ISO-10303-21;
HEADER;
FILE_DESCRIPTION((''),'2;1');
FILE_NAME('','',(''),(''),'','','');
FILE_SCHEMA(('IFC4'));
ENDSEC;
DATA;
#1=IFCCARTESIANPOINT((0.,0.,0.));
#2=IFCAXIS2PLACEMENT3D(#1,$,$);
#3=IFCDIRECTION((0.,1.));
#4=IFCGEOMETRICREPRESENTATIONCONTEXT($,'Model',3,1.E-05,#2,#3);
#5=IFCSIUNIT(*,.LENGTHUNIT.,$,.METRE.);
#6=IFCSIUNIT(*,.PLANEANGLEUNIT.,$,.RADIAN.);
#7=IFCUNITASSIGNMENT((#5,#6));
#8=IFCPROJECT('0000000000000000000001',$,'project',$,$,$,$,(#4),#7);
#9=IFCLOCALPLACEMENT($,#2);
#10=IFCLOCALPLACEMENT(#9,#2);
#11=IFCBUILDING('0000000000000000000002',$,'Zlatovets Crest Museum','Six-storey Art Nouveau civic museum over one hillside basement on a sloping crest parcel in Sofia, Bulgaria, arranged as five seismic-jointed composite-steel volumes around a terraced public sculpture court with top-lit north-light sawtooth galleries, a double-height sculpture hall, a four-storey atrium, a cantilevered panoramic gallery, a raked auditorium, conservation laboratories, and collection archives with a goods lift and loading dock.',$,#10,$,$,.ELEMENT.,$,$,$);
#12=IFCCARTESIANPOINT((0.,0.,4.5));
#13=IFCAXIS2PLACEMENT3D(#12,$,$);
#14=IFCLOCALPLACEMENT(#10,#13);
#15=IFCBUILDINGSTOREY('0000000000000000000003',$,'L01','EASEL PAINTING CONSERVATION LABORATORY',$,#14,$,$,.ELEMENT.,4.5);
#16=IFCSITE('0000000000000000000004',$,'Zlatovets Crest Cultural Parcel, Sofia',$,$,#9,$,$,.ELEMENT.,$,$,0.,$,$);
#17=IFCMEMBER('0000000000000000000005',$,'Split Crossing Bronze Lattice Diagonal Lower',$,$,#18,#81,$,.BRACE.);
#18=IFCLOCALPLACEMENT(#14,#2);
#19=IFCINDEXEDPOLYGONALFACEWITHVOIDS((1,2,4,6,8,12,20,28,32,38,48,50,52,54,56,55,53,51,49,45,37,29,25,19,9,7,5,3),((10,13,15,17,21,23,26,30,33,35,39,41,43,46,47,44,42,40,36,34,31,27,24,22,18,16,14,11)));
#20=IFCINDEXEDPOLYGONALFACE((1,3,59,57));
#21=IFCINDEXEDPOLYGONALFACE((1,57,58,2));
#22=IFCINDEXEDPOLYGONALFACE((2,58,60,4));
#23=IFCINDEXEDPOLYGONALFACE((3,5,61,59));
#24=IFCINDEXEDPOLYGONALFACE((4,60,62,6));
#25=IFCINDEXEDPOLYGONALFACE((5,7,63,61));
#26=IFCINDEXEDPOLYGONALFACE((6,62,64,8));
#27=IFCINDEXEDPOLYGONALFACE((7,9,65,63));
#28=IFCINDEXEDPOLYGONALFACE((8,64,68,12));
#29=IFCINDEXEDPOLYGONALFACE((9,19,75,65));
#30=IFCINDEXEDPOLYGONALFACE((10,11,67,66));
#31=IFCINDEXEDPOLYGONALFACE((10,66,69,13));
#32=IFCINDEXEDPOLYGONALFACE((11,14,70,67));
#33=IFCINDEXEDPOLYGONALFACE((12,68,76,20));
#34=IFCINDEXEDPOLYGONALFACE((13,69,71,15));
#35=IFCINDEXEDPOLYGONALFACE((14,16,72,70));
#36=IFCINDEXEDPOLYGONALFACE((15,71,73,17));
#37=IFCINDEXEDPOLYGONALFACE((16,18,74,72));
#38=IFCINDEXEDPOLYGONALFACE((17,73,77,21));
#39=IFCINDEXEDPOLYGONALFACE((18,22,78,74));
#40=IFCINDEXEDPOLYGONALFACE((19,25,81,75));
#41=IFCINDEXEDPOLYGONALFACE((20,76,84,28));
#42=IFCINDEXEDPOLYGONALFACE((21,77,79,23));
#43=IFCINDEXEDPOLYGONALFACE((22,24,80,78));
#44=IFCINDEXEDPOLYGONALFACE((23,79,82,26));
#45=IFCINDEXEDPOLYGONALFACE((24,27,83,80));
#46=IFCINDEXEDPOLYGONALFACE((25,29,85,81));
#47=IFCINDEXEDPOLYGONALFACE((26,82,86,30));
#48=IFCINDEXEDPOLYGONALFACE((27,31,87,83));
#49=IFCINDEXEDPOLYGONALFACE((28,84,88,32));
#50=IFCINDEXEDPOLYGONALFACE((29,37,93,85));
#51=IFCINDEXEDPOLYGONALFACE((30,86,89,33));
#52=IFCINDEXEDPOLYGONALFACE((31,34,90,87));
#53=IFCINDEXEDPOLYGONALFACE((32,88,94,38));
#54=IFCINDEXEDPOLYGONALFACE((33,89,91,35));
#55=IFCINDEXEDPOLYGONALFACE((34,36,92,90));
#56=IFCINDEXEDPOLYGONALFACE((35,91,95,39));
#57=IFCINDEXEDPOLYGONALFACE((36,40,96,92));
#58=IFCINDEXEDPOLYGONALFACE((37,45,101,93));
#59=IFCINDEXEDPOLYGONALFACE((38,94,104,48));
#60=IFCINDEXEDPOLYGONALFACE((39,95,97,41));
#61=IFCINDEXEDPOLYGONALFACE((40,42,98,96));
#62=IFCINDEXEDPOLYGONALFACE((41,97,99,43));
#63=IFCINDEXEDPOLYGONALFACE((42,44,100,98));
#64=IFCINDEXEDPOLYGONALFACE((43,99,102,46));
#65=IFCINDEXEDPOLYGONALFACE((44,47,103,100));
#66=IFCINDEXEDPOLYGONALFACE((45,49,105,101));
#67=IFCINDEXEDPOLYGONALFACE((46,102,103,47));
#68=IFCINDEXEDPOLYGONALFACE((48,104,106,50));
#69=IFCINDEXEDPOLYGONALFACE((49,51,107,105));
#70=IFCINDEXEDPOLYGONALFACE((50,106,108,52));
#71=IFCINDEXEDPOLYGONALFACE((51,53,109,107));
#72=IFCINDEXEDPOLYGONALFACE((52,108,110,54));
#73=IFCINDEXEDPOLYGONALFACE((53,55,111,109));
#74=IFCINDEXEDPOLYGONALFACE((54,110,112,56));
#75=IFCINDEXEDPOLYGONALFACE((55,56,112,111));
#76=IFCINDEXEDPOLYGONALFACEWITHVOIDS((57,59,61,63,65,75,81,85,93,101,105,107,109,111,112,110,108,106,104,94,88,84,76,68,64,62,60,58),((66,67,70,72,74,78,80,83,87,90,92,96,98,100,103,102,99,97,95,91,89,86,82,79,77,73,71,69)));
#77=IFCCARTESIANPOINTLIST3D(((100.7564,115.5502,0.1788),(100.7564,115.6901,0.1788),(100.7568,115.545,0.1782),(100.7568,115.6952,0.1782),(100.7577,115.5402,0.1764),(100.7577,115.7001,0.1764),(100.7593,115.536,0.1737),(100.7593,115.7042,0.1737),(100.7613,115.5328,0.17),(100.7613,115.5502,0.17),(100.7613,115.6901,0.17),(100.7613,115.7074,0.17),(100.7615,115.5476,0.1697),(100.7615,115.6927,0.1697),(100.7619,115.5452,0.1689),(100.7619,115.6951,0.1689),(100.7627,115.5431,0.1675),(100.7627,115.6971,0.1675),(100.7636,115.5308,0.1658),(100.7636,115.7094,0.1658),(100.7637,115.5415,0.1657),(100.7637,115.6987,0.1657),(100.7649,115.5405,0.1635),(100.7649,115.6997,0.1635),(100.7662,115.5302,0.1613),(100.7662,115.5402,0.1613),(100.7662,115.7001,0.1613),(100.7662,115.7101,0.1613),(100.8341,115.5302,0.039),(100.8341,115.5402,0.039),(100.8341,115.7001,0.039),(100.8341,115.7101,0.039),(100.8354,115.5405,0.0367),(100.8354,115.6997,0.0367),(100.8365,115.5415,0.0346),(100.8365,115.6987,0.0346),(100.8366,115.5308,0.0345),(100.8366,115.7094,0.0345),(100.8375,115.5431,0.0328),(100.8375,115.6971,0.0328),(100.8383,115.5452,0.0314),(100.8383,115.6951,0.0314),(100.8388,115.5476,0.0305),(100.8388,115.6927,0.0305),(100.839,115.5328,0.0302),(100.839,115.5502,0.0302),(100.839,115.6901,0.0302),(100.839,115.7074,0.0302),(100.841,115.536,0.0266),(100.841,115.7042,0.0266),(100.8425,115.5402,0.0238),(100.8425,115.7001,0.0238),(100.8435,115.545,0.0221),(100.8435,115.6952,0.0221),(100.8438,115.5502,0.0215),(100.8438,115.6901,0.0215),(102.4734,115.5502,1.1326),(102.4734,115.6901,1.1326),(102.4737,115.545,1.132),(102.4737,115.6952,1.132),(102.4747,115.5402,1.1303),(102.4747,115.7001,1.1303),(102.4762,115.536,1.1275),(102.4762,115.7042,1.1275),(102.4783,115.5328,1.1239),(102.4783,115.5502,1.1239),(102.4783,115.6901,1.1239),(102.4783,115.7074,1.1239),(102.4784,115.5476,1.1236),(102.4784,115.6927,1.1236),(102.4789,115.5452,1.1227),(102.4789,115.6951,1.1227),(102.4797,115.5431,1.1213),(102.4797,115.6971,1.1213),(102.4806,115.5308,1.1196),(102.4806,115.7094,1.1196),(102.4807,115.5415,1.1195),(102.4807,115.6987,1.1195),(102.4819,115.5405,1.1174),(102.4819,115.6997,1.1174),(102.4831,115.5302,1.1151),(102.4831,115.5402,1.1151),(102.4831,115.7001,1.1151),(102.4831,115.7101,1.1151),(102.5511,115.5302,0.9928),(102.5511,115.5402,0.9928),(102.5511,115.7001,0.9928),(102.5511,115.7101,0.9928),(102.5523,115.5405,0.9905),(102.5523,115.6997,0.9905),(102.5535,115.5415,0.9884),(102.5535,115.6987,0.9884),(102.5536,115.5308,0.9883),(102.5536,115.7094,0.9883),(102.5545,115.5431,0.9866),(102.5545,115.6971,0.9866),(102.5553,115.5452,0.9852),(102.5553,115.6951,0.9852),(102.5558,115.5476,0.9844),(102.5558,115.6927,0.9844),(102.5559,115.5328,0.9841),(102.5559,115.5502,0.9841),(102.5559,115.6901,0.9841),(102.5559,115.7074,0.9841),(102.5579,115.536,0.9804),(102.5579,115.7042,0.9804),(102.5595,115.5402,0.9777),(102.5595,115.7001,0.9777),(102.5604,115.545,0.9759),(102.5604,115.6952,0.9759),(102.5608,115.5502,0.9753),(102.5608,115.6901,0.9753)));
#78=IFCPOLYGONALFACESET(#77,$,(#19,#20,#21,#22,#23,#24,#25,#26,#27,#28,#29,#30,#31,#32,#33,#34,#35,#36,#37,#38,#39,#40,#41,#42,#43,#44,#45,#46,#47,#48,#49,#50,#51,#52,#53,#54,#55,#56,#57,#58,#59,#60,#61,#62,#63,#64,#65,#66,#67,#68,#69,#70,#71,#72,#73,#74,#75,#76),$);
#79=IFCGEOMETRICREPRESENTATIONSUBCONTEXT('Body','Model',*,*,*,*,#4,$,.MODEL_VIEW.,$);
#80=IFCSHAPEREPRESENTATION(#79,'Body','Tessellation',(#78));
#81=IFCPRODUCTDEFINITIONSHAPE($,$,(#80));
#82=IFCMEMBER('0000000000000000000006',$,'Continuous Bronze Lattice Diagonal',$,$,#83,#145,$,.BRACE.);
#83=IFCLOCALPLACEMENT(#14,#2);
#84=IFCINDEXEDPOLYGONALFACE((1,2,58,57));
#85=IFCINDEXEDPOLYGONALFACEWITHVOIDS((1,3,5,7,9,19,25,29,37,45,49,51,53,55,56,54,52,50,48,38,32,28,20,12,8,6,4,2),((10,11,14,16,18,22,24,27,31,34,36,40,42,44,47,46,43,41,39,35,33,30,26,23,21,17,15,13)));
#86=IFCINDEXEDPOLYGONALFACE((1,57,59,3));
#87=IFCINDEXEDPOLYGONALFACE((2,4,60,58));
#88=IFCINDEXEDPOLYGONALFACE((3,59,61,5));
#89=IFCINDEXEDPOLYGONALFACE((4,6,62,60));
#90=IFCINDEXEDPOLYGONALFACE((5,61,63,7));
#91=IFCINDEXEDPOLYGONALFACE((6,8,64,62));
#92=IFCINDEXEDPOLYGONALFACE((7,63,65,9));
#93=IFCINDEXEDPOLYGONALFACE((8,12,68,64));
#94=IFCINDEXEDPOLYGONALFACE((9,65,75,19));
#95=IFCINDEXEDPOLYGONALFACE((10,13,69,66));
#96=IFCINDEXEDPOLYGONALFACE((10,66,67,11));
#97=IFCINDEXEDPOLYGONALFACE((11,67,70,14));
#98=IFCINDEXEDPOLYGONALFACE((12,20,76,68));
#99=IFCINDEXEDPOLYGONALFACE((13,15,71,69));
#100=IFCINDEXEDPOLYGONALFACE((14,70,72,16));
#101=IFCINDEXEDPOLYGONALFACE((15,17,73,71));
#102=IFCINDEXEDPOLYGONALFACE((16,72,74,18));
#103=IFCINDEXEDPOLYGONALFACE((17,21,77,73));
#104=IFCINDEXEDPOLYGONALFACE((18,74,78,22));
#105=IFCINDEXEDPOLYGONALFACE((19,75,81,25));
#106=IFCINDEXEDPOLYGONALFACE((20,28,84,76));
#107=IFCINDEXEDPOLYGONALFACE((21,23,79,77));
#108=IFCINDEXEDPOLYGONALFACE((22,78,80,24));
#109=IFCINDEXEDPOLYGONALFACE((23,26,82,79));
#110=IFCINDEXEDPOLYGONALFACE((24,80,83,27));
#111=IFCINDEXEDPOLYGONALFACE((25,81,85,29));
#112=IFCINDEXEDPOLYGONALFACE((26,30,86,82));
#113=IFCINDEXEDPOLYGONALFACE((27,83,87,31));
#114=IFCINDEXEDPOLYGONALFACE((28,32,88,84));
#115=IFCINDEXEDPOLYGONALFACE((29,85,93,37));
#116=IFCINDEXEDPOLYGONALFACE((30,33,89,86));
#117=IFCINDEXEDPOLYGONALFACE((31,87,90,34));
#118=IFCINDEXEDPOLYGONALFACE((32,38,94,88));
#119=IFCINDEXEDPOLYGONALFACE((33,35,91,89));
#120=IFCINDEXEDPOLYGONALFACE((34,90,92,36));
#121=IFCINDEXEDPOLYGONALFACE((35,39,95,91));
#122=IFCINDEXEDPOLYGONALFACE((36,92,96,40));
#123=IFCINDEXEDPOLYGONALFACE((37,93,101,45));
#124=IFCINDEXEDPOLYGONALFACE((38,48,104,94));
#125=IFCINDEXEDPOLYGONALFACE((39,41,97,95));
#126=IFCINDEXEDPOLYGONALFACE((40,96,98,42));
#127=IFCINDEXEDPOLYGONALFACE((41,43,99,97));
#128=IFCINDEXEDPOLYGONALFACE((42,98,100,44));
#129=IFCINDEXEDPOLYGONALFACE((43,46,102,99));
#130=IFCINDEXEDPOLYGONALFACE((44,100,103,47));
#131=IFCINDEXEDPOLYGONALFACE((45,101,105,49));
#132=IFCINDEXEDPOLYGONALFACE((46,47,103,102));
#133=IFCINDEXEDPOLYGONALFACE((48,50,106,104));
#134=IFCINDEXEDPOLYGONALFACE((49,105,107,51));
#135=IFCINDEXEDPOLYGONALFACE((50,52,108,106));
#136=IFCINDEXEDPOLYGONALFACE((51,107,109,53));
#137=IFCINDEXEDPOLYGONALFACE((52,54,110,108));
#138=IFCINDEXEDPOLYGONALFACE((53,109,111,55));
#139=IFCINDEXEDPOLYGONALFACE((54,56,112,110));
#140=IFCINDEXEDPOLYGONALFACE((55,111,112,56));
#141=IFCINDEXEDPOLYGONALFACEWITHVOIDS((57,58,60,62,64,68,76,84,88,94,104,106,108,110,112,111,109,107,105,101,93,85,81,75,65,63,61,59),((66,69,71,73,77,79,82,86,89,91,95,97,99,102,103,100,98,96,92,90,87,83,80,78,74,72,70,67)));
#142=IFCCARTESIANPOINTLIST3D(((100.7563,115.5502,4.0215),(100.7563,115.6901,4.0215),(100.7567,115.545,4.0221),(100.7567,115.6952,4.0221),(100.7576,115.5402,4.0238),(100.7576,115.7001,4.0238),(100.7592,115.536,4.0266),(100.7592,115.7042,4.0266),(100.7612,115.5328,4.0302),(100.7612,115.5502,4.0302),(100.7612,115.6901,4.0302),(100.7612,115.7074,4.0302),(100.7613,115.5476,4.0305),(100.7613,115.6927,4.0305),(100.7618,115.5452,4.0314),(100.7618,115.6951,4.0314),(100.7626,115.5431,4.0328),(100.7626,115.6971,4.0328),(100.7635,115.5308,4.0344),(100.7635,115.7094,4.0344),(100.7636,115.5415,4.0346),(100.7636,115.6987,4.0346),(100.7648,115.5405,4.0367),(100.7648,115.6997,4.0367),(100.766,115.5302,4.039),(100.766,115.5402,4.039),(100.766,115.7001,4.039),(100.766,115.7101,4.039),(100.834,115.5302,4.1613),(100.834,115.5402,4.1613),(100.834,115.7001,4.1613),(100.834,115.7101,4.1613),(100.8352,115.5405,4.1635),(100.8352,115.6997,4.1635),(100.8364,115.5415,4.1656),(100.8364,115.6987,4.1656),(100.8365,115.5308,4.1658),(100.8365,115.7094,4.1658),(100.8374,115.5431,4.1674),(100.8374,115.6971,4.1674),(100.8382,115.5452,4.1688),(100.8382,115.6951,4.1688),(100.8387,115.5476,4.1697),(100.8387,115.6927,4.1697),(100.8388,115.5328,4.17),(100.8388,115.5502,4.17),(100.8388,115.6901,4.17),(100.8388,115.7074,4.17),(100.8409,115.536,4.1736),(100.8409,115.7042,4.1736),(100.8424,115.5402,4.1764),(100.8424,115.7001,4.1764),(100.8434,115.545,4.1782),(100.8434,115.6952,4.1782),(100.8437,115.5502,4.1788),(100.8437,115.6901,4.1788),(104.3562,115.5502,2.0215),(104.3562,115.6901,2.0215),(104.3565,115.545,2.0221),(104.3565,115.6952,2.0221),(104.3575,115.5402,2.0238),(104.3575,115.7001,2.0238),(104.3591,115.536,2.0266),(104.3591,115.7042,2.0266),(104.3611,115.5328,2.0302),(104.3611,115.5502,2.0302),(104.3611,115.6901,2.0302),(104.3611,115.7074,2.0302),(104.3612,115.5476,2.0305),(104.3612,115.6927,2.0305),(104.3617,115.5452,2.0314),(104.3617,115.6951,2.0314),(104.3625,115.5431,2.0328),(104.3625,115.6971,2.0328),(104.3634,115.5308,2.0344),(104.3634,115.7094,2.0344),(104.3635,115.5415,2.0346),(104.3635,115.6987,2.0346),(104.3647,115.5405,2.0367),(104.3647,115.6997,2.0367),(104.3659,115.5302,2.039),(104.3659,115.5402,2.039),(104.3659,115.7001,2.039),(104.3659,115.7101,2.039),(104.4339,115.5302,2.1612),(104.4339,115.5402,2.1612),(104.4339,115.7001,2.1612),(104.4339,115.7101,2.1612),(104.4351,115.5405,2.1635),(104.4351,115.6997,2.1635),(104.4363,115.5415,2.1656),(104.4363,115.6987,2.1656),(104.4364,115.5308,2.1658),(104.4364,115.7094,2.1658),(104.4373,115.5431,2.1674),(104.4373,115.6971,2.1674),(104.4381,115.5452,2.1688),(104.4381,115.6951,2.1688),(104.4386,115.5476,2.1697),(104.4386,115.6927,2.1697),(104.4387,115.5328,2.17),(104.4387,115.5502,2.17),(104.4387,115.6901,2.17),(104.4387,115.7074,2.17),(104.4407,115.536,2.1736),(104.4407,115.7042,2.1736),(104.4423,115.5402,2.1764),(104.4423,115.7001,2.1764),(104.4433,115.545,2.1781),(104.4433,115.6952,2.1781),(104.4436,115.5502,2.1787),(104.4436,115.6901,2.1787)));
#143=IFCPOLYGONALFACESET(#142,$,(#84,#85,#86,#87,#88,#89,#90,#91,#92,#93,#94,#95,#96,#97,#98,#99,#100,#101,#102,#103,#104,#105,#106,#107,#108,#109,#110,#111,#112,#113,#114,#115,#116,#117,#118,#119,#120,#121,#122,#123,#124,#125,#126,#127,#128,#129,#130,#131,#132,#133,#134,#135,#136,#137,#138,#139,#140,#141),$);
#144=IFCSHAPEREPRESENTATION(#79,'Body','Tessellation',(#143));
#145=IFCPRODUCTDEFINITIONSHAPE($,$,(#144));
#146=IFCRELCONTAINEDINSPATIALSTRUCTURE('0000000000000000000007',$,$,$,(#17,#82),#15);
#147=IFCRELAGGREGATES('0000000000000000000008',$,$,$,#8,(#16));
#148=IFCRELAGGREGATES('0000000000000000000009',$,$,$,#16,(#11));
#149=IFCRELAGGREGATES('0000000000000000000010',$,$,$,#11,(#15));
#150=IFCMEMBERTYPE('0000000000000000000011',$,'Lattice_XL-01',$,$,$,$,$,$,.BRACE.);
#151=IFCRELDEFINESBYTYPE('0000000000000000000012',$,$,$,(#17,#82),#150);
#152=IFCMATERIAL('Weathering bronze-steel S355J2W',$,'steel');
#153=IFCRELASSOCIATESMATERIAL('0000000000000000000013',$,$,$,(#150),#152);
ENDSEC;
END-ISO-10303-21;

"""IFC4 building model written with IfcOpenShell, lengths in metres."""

from ifc_helpers import new_model, si_unit, direction, frame, origin, origin_2d, place, context, subcontext, project, spatial, hollow_rectangle, extrude, material, material_profile, profile_set, type_object, element, save


model = new_model("IFC4")

# Units and contexts
model_context = context("Model", 3, precision=1e-05, world=origin(), true_north=direction((0.0, 1.0)))
body_context = subcontext(model_context, "Body", "Model", "MODEL_VIEW")
ifc_project = project(units=[si_unit("LENGTHUNIT", "METRE"), si_unit("PLANEANGLEUNIT", "RADIAN")], contexts=[model_context])

# Site, building, storey
site_placement = place(None, origin())
site = spatial("IfcSite", under=ifc_project, at=site_placement, Name="Zlatovets Crest Cultural Parcel, Sofia", CompositionType="ELEMENT", RefElevation=0.0)
building_placement = place(site_placement, origin())
building = spatial("IfcBuilding", under=site, at=building_placement, Name="Zlatovets Crest Museum", Description="Six-storey Art Nouveau civic museum over one hillside basement on a sloping crest parcel in Sofia, Bulgaria, arranged as five seismic-jointed composite-steel volumes around a terraced public sculpture court with top-lit north-light sawtooth galleries, a double-height sculpture hall, a four-storey atrium, a cantilevered panoramic gallery, a raked auditorium, conservation laboratories, and collection archives with a goods lift and loading dock.", CompositionType="ELEMENT")
storey_placement = place(building_placement, frame((0.0, 0.0, 4.5)))
storey = spatial("IfcBuildingStorey", under=building, at=storey_placement, Name="L01", Description="EASEL PAINTING CONSERVATION LABORATORY", CompositionType="ELEMENT", Elevation=4.5)

# Members
ifc_material_1 = material(Name="Weathering bronze-steel S355J2W", Category="steel")
ifc_material_profile_1 = material_profile(ifc_material_1, hollow_rectangle(XDim=0.1799, YDim=0.1799, WallThickness=0.01, InnerFilletRadius=0.01, OuterFilletRadius=0.02, at=origin_2d()), Name="SHS 180x180x10.0")
ifc_profile_set_1 = profile_set([ifc_material_profile_1], Name="Weathering bronze-steel S355J2W")
member_type_1 = type_object("IfcMemberType", Name="Lattice_XL-01", PredefinedType="BRACE", material=ifc_profile_set_1)
for number, where, z_axis, x_axis, name in (
    (1, (102.5171, 115.6201, 1.054), (-0.874169, 0.0, -0.485622), (0.0, -1.0, 0.0), "Split Crossing Bronze Lattice Diagonal Lower"),
):
    element("IfcMember", number, at=place(storey_placement, frame(where, z_axis=z_axis, x_axis=x_axis)), inside=storey, type_object=member_type_1, Name=name, PredefinedType="BRACE", context=body_context, shape_type="SweptSolid", body=[
        extrude(hollow_rectangle(XDim=0.1799, YDim=0.1799, WallThickness=0.01, InnerFilletRadius=0.01, OuterFilletRadius=0.02, at=origin_2d()), origin(), (0.0, 0.0, 1.0), 1.9641),
    ])
member_1_placement = place(storey_placement, frame((104.3999, 115.6201, 2.1001), z_axis=(-0.874149, 0.0, 0.485658), x_axis=(0.0, -1.0, 0.0)))
element("IfcMember", 2, at=member_1_placement, inside=storey, type_object=member_type_1, Name="Continuous Bronze Lattice Diagonal", PredefinedType="BRACE", context=body_context, shape_type="SweptSolid", body=[
    extrude(hollow_rectangle(XDim=0.1799, YDim=0.1799, WallThickness=0.01, InnerFilletRadius=0.01, OuterFilletRadius=0.02, at=origin_2d()), origin(), (0.0, 0.0, 1.0), 4.1182),
])

save(model, "model.ifc")
